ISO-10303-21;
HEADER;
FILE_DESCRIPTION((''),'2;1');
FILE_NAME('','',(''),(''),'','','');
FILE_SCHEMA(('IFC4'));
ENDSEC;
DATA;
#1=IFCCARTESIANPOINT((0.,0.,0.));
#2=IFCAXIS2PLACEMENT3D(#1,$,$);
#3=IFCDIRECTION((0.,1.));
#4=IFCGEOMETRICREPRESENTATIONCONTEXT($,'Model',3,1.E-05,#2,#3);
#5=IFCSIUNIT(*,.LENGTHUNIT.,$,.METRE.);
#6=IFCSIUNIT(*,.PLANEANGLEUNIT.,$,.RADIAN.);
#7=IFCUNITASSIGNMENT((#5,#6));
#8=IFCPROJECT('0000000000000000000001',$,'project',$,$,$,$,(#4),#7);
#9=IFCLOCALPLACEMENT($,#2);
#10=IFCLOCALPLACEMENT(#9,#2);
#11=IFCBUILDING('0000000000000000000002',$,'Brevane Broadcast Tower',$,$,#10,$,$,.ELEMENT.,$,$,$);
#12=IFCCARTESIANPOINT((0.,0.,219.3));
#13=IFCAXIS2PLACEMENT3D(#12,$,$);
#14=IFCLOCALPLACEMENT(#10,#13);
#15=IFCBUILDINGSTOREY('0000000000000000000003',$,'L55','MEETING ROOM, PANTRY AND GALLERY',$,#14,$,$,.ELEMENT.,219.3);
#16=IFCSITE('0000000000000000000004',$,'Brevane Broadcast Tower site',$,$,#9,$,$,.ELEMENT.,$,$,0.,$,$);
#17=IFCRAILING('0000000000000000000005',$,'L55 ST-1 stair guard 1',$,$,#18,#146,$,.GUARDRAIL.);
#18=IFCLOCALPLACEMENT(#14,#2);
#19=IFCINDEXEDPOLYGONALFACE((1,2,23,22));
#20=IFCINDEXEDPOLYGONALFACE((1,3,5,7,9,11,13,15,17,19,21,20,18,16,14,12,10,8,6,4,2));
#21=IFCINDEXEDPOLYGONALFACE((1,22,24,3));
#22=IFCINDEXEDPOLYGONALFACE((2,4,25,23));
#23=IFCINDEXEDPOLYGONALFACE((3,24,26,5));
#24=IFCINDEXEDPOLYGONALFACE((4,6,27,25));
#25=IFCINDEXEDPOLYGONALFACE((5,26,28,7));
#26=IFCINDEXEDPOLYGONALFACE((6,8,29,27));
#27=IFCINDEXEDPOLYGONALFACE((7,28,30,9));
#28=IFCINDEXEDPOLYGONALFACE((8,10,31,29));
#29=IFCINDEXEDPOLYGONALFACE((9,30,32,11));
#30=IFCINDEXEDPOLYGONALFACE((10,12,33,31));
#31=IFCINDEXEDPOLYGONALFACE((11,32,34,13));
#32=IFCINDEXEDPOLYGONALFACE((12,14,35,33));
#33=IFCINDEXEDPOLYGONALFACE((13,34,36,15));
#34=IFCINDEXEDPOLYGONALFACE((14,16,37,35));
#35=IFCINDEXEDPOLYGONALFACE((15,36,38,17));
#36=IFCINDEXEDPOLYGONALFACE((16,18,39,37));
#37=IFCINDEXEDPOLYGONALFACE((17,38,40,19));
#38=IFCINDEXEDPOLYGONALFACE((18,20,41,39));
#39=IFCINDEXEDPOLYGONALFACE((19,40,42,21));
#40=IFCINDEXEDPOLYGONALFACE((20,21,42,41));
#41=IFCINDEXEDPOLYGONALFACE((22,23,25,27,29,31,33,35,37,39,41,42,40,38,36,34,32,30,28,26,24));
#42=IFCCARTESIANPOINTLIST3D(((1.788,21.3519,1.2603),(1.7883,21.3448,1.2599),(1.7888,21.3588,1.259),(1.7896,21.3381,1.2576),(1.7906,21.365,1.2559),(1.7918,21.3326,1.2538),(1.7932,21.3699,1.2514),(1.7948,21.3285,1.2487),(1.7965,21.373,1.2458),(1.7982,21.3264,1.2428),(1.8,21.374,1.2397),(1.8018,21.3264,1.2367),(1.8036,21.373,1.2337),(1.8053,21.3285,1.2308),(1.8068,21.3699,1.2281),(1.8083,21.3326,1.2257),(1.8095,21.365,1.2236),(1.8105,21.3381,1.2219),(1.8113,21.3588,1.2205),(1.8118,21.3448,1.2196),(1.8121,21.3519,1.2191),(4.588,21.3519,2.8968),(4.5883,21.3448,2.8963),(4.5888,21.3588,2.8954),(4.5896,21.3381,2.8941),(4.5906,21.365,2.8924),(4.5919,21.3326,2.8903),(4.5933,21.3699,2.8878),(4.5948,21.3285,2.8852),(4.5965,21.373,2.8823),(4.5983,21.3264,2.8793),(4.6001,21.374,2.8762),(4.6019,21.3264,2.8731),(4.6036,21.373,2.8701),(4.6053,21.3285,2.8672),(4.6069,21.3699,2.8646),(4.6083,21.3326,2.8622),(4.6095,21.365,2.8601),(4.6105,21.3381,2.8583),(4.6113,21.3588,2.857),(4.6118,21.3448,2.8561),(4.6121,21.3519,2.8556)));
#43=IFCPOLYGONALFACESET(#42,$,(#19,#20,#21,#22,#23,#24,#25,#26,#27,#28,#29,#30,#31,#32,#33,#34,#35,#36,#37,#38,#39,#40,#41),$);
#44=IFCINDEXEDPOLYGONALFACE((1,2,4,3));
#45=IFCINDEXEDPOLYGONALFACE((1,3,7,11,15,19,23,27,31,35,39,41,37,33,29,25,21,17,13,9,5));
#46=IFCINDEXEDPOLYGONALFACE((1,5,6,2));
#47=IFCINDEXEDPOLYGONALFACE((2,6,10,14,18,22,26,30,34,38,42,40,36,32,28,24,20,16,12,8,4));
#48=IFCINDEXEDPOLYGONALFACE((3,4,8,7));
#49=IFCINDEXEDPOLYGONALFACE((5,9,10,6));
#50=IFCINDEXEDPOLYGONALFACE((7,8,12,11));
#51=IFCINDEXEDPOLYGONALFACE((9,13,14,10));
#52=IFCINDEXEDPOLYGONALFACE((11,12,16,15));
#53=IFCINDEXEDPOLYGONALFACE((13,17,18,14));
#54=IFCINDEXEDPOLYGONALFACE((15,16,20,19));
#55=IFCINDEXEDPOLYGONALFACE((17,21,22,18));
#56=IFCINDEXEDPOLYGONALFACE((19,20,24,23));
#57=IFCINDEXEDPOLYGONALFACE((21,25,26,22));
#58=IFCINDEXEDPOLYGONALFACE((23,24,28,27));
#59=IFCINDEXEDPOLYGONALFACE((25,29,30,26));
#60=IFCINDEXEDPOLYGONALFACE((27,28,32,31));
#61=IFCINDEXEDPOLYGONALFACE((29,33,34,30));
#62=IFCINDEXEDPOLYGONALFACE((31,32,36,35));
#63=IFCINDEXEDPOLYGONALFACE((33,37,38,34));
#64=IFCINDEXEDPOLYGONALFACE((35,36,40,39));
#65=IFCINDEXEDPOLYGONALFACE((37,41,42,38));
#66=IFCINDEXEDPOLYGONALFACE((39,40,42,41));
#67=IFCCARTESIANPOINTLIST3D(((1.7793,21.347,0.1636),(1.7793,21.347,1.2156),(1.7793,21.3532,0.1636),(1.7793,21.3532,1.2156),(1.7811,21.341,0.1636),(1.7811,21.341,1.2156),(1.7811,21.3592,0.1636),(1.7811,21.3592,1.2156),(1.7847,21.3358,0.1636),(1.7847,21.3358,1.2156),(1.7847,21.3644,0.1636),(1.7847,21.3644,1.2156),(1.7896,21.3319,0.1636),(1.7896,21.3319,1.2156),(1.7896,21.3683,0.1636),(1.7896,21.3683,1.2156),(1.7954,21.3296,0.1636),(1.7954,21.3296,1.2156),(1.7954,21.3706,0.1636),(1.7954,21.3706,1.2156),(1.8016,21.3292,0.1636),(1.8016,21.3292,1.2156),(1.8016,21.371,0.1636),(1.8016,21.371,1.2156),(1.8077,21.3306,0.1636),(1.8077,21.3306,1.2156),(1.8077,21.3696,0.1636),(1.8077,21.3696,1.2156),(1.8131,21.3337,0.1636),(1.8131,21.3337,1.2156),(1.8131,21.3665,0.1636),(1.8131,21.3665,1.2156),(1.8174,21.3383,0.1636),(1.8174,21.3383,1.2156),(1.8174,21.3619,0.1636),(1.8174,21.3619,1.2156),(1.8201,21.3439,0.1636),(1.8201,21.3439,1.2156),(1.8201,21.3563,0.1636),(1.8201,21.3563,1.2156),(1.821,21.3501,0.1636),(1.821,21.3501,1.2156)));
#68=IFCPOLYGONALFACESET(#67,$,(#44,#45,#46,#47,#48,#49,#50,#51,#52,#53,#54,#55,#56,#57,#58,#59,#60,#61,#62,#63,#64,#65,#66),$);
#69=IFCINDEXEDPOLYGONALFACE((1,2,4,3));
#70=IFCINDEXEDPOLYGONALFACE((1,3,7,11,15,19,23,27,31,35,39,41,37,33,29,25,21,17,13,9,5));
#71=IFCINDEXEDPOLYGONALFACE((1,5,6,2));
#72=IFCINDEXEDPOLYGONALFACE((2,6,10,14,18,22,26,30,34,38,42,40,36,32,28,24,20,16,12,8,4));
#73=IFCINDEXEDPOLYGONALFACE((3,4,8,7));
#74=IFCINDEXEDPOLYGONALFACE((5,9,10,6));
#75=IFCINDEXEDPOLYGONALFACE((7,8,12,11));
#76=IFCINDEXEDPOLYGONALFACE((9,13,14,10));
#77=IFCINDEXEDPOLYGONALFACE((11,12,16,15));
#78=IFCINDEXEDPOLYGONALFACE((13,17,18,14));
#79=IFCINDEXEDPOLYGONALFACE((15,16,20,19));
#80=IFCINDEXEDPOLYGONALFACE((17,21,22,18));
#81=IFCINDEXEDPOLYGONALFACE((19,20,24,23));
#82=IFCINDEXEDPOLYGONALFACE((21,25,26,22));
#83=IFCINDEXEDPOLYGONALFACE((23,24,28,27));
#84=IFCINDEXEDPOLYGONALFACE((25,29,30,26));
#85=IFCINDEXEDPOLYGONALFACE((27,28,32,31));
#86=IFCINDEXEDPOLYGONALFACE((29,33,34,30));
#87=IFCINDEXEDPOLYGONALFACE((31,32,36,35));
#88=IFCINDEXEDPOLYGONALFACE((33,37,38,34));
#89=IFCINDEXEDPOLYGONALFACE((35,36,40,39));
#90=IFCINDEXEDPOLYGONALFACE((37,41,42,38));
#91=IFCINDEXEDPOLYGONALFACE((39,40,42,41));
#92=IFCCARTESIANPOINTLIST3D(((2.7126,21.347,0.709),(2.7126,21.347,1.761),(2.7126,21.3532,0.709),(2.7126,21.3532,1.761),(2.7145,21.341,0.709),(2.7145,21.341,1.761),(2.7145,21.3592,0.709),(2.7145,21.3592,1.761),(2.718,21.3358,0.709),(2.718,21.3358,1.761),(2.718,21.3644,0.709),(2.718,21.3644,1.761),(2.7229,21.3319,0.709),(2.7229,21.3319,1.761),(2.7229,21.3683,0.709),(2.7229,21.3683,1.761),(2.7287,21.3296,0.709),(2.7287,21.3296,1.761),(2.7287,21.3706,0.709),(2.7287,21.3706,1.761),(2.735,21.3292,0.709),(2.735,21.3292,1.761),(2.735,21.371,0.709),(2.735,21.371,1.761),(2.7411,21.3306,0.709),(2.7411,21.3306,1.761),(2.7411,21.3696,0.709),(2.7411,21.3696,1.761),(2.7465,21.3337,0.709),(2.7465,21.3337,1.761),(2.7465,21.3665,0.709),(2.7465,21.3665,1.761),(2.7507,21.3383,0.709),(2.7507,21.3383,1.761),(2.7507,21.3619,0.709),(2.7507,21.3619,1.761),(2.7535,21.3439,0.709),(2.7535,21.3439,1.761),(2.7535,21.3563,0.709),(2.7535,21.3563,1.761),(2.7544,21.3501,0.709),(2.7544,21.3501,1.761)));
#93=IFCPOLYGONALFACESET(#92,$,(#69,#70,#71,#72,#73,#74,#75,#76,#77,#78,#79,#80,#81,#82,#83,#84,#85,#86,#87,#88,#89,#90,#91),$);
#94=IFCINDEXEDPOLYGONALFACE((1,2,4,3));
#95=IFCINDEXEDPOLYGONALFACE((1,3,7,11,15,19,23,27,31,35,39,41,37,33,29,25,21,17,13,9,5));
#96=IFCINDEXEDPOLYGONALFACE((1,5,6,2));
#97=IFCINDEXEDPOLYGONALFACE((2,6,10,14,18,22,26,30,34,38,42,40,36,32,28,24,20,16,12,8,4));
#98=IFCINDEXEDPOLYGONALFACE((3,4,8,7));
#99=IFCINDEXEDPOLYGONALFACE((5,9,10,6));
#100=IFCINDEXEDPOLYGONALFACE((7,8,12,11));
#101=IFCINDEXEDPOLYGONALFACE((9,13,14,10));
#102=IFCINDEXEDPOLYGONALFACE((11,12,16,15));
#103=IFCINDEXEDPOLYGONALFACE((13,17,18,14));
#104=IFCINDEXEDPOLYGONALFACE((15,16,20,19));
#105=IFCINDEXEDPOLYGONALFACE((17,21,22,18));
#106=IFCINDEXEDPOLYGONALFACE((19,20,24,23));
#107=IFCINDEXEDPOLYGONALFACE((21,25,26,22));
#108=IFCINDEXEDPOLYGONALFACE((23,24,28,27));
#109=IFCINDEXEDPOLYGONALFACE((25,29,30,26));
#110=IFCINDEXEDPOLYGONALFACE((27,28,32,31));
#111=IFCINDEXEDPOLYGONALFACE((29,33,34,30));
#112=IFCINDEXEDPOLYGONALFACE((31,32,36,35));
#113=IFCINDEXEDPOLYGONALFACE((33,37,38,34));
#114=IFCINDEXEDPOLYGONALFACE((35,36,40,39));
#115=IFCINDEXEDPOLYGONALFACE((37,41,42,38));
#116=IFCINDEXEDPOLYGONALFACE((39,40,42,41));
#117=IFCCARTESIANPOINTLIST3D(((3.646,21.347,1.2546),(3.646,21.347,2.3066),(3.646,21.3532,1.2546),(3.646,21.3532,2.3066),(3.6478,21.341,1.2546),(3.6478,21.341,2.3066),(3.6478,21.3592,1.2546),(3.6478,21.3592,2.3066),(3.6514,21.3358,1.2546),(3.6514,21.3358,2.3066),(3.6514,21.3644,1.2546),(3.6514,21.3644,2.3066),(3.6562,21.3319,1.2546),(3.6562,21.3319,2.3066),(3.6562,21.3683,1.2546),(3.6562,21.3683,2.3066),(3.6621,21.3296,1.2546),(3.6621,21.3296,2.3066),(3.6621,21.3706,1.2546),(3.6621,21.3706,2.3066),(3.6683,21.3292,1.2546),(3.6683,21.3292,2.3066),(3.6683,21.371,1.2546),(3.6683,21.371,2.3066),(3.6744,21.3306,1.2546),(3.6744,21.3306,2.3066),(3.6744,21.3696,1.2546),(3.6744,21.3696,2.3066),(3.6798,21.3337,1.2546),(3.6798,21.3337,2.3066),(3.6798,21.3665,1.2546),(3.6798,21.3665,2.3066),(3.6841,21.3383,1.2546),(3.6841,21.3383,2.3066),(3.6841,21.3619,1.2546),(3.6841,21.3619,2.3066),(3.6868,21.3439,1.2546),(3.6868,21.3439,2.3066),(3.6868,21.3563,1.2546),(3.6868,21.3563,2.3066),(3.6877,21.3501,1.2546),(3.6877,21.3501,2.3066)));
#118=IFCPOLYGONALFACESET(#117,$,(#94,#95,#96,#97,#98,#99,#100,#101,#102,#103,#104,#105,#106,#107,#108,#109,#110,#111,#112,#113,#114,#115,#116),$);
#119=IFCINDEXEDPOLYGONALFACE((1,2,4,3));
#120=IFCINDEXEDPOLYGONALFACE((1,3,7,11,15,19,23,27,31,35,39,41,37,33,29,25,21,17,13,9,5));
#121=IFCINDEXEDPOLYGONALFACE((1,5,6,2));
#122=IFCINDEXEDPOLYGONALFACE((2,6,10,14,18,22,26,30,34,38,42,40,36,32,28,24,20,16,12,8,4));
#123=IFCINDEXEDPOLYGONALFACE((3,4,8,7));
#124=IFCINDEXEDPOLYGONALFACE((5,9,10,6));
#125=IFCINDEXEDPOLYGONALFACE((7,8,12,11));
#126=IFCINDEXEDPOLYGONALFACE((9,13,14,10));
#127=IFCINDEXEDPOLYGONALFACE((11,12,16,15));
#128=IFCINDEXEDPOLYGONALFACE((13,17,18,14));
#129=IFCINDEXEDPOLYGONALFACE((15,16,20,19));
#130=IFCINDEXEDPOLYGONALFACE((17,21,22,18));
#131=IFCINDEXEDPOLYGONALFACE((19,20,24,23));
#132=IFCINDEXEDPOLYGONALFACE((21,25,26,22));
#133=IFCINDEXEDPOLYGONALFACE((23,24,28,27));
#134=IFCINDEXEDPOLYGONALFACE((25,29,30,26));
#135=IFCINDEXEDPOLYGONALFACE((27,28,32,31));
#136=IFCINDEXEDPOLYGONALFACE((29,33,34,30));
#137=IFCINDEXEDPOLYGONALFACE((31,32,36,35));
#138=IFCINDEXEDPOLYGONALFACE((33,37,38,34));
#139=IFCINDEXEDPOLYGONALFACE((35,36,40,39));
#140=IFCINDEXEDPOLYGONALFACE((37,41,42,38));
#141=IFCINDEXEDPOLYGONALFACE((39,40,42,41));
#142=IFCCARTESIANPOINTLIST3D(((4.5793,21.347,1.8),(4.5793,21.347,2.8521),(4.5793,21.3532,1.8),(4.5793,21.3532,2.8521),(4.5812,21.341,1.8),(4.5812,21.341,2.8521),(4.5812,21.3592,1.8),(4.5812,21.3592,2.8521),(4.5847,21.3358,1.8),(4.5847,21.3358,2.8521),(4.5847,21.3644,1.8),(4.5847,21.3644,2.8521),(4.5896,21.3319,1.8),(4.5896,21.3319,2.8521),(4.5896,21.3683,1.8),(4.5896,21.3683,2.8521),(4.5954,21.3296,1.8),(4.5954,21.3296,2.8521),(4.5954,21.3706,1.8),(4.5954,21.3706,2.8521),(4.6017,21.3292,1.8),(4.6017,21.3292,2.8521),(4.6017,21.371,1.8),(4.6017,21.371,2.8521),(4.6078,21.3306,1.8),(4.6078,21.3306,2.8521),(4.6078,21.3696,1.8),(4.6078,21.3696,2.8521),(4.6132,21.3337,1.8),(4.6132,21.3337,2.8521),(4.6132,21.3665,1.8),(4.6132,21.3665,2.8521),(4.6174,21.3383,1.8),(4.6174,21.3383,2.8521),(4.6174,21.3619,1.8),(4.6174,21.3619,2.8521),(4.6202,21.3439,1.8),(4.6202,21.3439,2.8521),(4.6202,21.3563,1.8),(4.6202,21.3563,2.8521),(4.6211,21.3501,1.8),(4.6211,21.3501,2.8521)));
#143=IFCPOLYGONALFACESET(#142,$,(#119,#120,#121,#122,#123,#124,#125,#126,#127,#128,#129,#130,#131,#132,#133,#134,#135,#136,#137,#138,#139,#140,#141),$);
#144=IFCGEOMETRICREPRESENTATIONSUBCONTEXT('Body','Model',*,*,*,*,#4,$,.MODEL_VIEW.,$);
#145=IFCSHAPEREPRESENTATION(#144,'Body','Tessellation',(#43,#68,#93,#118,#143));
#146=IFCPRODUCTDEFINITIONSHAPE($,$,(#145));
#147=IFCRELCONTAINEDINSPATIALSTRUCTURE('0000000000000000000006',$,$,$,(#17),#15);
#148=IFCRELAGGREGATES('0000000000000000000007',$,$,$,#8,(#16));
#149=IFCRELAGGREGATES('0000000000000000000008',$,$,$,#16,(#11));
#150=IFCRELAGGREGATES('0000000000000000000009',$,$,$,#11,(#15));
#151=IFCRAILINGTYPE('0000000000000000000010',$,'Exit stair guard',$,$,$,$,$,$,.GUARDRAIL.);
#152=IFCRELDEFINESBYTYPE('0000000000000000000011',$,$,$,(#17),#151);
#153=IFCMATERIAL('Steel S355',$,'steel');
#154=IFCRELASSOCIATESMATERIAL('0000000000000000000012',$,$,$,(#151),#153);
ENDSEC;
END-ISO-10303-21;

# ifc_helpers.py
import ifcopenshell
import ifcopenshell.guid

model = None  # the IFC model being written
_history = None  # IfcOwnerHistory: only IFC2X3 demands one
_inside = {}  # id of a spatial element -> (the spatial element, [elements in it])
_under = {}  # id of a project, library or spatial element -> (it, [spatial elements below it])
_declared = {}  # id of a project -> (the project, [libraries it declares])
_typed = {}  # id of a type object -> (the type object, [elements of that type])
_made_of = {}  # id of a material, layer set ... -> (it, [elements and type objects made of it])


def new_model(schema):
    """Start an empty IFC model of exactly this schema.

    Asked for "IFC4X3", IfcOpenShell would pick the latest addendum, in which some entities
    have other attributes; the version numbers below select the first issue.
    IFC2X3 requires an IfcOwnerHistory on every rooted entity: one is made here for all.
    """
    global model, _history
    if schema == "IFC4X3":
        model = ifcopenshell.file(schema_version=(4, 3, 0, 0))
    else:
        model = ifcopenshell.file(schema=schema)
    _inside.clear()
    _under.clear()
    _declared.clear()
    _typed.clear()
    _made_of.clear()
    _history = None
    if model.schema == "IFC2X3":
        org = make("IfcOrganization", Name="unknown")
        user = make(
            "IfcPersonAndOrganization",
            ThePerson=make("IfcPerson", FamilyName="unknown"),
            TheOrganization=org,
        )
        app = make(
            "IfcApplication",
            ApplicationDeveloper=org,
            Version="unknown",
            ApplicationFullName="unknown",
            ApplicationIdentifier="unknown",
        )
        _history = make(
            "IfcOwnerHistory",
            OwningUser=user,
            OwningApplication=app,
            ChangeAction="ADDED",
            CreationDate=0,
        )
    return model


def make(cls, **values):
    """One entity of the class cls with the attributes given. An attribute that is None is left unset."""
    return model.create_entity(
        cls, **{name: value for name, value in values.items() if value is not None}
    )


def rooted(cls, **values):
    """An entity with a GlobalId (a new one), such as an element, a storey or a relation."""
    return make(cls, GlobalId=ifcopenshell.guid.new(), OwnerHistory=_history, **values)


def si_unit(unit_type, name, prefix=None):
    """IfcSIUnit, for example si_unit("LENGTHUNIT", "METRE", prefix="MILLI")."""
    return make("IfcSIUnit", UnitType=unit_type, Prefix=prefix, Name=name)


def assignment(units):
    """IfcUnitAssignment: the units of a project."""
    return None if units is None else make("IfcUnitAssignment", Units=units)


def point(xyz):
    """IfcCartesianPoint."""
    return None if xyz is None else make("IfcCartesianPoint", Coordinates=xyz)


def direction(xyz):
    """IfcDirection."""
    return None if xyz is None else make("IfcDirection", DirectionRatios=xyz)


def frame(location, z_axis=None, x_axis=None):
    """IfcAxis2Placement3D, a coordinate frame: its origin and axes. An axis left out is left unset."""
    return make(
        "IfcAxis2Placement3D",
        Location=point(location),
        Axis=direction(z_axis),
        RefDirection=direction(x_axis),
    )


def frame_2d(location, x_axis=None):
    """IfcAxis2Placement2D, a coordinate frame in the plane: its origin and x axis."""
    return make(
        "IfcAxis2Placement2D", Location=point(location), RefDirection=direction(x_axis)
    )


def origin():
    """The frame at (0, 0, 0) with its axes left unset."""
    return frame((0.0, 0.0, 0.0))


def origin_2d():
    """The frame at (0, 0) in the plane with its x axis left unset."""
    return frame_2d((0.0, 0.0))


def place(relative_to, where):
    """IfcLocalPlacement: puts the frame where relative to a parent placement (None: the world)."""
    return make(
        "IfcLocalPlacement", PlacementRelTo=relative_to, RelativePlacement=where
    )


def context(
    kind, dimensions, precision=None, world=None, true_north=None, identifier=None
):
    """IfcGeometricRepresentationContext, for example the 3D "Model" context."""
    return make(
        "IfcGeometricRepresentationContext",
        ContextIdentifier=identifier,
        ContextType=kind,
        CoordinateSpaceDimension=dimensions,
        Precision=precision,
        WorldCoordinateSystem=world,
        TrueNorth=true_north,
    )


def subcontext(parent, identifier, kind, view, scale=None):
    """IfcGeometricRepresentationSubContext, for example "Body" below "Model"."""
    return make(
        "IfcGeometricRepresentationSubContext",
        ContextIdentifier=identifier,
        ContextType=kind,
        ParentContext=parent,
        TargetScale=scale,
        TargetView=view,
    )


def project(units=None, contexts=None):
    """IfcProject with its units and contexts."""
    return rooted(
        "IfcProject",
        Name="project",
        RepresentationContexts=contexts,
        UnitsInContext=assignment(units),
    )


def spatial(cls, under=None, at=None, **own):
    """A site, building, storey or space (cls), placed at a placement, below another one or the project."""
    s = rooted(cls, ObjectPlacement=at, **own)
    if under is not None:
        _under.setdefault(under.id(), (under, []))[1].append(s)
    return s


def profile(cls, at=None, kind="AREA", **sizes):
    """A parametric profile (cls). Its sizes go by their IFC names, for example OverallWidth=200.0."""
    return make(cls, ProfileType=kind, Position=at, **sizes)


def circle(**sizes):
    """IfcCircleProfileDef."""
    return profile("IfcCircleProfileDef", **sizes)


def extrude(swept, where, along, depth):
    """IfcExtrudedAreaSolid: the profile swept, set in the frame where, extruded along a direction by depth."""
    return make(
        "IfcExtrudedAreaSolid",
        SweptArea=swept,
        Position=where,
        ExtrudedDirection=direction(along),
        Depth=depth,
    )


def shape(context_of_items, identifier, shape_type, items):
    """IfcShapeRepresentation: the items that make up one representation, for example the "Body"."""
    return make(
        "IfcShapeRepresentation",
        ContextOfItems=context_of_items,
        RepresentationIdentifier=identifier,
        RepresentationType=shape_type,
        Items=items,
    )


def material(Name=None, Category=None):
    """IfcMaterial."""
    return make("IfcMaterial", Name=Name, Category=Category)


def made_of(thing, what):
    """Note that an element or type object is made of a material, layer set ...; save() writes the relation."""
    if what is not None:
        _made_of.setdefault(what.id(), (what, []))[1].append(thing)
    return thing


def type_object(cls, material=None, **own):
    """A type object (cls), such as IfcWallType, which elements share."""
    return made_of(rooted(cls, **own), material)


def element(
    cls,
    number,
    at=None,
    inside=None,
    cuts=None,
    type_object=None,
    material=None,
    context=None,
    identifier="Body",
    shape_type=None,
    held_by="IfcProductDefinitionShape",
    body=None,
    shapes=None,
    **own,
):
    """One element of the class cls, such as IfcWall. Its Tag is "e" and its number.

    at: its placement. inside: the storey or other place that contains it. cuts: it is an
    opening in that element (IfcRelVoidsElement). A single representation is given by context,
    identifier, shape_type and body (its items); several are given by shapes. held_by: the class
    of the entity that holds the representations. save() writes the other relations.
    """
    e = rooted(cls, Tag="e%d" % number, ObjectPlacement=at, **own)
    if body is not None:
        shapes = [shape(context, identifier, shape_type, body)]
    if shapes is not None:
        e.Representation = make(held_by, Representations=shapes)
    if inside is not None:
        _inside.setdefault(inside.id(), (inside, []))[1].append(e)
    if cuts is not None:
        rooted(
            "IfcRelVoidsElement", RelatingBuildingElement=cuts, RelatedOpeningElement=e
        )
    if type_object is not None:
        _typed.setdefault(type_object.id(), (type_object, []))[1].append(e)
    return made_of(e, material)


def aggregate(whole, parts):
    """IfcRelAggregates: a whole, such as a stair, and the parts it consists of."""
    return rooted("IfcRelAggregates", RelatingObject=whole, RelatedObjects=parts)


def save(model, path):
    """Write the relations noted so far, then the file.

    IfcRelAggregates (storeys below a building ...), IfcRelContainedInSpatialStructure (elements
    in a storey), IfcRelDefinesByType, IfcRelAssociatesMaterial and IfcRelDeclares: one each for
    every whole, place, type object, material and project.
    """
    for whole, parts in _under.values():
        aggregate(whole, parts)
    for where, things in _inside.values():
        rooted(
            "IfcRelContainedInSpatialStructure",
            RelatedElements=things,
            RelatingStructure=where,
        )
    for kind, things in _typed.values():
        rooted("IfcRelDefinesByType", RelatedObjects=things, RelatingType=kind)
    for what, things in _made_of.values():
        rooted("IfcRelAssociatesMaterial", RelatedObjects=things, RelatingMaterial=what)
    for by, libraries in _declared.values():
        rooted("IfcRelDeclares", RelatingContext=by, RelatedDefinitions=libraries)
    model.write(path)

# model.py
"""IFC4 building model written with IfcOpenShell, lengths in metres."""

from ifc_helpers import new_model, si_unit, direction, frame, origin, origin_2d, place, context, subcontext, project, spatial, circle, extrude, material, type_object, element, save


model = new_model("IFC4")

# Units and contexts
model_context = context("Model", 3, precision=1e-05, world=origin(), true_north=direction((0.0, 1.0)))
body_context = subcontext(model_context, "Body", "Model", "MODEL_VIEW")
ifc_project = project(units=[si_unit("LENGTHUNIT", "METRE"), si_unit("PLANEANGLEUNIT", "RADIAN")], contexts=[model_context])

# Site, building, storey
site_placement = place(None, origin())
site = spatial("IfcSite", under=ifc_project, at=site_placement, Name="Brevane Broadcast Tower site", CompositionType="ELEMENT", RefElevation=0.0)
building_placement = place(site_placement, origin())
building = spatial("IfcBuilding", under=site, at=building_placement, Name="Brevane Broadcast Tower", CompositionType="ELEMENT")
storey_placement = place(building_placement, frame((0.0, 0.0, 219.3)))
storey = spatial("IfcBuildingStorey", under=building, at=storey_placement, Name="L55", Description="MEETING ROOM, PANTRY AND GALLERY", CompositionType="ELEMENT", Elevation=219.3)

# Railing
ifc_material_1 = material(Name="Steel S355", Category="steel")
railing_type_1 = type_object("IfcRailingType", Name="Exit stair guard", PredefinedType="GUARDRAIL", material=ifc_material_1)
railing_1_placement = place(storey_placement, frame((1.8, 21.3501, 0.1636)))
element("IfcRailing", 1, at=railing_1_placement, inside=storey, type_object=railing_type_1, Name="L55 ST-1 stair guard 1", PredefinedType="GUARDRAIL", context=body_context, shape_type="SweptSolid", body=[
    extrude(circle(Radius=0.0239, at=origin_2d()), frame((0.0, 0.0, 1.0762), z_axis=(0.863361, 0.0, 0.504587), x_axis=(0.0, 1.0, 0.0)), (0.0, 0.0, 1.0), 3.2432),
    extrude(circle(Radius=0.021, at=origin_2d()), origin(), (0.0, 0.0, 1.0), 1.052),
    extrude(circle(Radius=0.021, at=origin_2d()), frame((0.9333, 0.0, 0.5454)), (0.0, 0.0, 1.0), 1.052),
    extrude(circle(Radius=0.021, at=origin_2d()), frame((1.8667, 0.0, 1.0911)), (0.0, 0.0, 1.0), 1.052),
    extrude(circle(Radius=0.021, at=origin_2d()), frame((2.8, 0.0, 1.6365)), (0.0, 0.0, 1.0), 1.052),
])

save(model, "model.ifc")
